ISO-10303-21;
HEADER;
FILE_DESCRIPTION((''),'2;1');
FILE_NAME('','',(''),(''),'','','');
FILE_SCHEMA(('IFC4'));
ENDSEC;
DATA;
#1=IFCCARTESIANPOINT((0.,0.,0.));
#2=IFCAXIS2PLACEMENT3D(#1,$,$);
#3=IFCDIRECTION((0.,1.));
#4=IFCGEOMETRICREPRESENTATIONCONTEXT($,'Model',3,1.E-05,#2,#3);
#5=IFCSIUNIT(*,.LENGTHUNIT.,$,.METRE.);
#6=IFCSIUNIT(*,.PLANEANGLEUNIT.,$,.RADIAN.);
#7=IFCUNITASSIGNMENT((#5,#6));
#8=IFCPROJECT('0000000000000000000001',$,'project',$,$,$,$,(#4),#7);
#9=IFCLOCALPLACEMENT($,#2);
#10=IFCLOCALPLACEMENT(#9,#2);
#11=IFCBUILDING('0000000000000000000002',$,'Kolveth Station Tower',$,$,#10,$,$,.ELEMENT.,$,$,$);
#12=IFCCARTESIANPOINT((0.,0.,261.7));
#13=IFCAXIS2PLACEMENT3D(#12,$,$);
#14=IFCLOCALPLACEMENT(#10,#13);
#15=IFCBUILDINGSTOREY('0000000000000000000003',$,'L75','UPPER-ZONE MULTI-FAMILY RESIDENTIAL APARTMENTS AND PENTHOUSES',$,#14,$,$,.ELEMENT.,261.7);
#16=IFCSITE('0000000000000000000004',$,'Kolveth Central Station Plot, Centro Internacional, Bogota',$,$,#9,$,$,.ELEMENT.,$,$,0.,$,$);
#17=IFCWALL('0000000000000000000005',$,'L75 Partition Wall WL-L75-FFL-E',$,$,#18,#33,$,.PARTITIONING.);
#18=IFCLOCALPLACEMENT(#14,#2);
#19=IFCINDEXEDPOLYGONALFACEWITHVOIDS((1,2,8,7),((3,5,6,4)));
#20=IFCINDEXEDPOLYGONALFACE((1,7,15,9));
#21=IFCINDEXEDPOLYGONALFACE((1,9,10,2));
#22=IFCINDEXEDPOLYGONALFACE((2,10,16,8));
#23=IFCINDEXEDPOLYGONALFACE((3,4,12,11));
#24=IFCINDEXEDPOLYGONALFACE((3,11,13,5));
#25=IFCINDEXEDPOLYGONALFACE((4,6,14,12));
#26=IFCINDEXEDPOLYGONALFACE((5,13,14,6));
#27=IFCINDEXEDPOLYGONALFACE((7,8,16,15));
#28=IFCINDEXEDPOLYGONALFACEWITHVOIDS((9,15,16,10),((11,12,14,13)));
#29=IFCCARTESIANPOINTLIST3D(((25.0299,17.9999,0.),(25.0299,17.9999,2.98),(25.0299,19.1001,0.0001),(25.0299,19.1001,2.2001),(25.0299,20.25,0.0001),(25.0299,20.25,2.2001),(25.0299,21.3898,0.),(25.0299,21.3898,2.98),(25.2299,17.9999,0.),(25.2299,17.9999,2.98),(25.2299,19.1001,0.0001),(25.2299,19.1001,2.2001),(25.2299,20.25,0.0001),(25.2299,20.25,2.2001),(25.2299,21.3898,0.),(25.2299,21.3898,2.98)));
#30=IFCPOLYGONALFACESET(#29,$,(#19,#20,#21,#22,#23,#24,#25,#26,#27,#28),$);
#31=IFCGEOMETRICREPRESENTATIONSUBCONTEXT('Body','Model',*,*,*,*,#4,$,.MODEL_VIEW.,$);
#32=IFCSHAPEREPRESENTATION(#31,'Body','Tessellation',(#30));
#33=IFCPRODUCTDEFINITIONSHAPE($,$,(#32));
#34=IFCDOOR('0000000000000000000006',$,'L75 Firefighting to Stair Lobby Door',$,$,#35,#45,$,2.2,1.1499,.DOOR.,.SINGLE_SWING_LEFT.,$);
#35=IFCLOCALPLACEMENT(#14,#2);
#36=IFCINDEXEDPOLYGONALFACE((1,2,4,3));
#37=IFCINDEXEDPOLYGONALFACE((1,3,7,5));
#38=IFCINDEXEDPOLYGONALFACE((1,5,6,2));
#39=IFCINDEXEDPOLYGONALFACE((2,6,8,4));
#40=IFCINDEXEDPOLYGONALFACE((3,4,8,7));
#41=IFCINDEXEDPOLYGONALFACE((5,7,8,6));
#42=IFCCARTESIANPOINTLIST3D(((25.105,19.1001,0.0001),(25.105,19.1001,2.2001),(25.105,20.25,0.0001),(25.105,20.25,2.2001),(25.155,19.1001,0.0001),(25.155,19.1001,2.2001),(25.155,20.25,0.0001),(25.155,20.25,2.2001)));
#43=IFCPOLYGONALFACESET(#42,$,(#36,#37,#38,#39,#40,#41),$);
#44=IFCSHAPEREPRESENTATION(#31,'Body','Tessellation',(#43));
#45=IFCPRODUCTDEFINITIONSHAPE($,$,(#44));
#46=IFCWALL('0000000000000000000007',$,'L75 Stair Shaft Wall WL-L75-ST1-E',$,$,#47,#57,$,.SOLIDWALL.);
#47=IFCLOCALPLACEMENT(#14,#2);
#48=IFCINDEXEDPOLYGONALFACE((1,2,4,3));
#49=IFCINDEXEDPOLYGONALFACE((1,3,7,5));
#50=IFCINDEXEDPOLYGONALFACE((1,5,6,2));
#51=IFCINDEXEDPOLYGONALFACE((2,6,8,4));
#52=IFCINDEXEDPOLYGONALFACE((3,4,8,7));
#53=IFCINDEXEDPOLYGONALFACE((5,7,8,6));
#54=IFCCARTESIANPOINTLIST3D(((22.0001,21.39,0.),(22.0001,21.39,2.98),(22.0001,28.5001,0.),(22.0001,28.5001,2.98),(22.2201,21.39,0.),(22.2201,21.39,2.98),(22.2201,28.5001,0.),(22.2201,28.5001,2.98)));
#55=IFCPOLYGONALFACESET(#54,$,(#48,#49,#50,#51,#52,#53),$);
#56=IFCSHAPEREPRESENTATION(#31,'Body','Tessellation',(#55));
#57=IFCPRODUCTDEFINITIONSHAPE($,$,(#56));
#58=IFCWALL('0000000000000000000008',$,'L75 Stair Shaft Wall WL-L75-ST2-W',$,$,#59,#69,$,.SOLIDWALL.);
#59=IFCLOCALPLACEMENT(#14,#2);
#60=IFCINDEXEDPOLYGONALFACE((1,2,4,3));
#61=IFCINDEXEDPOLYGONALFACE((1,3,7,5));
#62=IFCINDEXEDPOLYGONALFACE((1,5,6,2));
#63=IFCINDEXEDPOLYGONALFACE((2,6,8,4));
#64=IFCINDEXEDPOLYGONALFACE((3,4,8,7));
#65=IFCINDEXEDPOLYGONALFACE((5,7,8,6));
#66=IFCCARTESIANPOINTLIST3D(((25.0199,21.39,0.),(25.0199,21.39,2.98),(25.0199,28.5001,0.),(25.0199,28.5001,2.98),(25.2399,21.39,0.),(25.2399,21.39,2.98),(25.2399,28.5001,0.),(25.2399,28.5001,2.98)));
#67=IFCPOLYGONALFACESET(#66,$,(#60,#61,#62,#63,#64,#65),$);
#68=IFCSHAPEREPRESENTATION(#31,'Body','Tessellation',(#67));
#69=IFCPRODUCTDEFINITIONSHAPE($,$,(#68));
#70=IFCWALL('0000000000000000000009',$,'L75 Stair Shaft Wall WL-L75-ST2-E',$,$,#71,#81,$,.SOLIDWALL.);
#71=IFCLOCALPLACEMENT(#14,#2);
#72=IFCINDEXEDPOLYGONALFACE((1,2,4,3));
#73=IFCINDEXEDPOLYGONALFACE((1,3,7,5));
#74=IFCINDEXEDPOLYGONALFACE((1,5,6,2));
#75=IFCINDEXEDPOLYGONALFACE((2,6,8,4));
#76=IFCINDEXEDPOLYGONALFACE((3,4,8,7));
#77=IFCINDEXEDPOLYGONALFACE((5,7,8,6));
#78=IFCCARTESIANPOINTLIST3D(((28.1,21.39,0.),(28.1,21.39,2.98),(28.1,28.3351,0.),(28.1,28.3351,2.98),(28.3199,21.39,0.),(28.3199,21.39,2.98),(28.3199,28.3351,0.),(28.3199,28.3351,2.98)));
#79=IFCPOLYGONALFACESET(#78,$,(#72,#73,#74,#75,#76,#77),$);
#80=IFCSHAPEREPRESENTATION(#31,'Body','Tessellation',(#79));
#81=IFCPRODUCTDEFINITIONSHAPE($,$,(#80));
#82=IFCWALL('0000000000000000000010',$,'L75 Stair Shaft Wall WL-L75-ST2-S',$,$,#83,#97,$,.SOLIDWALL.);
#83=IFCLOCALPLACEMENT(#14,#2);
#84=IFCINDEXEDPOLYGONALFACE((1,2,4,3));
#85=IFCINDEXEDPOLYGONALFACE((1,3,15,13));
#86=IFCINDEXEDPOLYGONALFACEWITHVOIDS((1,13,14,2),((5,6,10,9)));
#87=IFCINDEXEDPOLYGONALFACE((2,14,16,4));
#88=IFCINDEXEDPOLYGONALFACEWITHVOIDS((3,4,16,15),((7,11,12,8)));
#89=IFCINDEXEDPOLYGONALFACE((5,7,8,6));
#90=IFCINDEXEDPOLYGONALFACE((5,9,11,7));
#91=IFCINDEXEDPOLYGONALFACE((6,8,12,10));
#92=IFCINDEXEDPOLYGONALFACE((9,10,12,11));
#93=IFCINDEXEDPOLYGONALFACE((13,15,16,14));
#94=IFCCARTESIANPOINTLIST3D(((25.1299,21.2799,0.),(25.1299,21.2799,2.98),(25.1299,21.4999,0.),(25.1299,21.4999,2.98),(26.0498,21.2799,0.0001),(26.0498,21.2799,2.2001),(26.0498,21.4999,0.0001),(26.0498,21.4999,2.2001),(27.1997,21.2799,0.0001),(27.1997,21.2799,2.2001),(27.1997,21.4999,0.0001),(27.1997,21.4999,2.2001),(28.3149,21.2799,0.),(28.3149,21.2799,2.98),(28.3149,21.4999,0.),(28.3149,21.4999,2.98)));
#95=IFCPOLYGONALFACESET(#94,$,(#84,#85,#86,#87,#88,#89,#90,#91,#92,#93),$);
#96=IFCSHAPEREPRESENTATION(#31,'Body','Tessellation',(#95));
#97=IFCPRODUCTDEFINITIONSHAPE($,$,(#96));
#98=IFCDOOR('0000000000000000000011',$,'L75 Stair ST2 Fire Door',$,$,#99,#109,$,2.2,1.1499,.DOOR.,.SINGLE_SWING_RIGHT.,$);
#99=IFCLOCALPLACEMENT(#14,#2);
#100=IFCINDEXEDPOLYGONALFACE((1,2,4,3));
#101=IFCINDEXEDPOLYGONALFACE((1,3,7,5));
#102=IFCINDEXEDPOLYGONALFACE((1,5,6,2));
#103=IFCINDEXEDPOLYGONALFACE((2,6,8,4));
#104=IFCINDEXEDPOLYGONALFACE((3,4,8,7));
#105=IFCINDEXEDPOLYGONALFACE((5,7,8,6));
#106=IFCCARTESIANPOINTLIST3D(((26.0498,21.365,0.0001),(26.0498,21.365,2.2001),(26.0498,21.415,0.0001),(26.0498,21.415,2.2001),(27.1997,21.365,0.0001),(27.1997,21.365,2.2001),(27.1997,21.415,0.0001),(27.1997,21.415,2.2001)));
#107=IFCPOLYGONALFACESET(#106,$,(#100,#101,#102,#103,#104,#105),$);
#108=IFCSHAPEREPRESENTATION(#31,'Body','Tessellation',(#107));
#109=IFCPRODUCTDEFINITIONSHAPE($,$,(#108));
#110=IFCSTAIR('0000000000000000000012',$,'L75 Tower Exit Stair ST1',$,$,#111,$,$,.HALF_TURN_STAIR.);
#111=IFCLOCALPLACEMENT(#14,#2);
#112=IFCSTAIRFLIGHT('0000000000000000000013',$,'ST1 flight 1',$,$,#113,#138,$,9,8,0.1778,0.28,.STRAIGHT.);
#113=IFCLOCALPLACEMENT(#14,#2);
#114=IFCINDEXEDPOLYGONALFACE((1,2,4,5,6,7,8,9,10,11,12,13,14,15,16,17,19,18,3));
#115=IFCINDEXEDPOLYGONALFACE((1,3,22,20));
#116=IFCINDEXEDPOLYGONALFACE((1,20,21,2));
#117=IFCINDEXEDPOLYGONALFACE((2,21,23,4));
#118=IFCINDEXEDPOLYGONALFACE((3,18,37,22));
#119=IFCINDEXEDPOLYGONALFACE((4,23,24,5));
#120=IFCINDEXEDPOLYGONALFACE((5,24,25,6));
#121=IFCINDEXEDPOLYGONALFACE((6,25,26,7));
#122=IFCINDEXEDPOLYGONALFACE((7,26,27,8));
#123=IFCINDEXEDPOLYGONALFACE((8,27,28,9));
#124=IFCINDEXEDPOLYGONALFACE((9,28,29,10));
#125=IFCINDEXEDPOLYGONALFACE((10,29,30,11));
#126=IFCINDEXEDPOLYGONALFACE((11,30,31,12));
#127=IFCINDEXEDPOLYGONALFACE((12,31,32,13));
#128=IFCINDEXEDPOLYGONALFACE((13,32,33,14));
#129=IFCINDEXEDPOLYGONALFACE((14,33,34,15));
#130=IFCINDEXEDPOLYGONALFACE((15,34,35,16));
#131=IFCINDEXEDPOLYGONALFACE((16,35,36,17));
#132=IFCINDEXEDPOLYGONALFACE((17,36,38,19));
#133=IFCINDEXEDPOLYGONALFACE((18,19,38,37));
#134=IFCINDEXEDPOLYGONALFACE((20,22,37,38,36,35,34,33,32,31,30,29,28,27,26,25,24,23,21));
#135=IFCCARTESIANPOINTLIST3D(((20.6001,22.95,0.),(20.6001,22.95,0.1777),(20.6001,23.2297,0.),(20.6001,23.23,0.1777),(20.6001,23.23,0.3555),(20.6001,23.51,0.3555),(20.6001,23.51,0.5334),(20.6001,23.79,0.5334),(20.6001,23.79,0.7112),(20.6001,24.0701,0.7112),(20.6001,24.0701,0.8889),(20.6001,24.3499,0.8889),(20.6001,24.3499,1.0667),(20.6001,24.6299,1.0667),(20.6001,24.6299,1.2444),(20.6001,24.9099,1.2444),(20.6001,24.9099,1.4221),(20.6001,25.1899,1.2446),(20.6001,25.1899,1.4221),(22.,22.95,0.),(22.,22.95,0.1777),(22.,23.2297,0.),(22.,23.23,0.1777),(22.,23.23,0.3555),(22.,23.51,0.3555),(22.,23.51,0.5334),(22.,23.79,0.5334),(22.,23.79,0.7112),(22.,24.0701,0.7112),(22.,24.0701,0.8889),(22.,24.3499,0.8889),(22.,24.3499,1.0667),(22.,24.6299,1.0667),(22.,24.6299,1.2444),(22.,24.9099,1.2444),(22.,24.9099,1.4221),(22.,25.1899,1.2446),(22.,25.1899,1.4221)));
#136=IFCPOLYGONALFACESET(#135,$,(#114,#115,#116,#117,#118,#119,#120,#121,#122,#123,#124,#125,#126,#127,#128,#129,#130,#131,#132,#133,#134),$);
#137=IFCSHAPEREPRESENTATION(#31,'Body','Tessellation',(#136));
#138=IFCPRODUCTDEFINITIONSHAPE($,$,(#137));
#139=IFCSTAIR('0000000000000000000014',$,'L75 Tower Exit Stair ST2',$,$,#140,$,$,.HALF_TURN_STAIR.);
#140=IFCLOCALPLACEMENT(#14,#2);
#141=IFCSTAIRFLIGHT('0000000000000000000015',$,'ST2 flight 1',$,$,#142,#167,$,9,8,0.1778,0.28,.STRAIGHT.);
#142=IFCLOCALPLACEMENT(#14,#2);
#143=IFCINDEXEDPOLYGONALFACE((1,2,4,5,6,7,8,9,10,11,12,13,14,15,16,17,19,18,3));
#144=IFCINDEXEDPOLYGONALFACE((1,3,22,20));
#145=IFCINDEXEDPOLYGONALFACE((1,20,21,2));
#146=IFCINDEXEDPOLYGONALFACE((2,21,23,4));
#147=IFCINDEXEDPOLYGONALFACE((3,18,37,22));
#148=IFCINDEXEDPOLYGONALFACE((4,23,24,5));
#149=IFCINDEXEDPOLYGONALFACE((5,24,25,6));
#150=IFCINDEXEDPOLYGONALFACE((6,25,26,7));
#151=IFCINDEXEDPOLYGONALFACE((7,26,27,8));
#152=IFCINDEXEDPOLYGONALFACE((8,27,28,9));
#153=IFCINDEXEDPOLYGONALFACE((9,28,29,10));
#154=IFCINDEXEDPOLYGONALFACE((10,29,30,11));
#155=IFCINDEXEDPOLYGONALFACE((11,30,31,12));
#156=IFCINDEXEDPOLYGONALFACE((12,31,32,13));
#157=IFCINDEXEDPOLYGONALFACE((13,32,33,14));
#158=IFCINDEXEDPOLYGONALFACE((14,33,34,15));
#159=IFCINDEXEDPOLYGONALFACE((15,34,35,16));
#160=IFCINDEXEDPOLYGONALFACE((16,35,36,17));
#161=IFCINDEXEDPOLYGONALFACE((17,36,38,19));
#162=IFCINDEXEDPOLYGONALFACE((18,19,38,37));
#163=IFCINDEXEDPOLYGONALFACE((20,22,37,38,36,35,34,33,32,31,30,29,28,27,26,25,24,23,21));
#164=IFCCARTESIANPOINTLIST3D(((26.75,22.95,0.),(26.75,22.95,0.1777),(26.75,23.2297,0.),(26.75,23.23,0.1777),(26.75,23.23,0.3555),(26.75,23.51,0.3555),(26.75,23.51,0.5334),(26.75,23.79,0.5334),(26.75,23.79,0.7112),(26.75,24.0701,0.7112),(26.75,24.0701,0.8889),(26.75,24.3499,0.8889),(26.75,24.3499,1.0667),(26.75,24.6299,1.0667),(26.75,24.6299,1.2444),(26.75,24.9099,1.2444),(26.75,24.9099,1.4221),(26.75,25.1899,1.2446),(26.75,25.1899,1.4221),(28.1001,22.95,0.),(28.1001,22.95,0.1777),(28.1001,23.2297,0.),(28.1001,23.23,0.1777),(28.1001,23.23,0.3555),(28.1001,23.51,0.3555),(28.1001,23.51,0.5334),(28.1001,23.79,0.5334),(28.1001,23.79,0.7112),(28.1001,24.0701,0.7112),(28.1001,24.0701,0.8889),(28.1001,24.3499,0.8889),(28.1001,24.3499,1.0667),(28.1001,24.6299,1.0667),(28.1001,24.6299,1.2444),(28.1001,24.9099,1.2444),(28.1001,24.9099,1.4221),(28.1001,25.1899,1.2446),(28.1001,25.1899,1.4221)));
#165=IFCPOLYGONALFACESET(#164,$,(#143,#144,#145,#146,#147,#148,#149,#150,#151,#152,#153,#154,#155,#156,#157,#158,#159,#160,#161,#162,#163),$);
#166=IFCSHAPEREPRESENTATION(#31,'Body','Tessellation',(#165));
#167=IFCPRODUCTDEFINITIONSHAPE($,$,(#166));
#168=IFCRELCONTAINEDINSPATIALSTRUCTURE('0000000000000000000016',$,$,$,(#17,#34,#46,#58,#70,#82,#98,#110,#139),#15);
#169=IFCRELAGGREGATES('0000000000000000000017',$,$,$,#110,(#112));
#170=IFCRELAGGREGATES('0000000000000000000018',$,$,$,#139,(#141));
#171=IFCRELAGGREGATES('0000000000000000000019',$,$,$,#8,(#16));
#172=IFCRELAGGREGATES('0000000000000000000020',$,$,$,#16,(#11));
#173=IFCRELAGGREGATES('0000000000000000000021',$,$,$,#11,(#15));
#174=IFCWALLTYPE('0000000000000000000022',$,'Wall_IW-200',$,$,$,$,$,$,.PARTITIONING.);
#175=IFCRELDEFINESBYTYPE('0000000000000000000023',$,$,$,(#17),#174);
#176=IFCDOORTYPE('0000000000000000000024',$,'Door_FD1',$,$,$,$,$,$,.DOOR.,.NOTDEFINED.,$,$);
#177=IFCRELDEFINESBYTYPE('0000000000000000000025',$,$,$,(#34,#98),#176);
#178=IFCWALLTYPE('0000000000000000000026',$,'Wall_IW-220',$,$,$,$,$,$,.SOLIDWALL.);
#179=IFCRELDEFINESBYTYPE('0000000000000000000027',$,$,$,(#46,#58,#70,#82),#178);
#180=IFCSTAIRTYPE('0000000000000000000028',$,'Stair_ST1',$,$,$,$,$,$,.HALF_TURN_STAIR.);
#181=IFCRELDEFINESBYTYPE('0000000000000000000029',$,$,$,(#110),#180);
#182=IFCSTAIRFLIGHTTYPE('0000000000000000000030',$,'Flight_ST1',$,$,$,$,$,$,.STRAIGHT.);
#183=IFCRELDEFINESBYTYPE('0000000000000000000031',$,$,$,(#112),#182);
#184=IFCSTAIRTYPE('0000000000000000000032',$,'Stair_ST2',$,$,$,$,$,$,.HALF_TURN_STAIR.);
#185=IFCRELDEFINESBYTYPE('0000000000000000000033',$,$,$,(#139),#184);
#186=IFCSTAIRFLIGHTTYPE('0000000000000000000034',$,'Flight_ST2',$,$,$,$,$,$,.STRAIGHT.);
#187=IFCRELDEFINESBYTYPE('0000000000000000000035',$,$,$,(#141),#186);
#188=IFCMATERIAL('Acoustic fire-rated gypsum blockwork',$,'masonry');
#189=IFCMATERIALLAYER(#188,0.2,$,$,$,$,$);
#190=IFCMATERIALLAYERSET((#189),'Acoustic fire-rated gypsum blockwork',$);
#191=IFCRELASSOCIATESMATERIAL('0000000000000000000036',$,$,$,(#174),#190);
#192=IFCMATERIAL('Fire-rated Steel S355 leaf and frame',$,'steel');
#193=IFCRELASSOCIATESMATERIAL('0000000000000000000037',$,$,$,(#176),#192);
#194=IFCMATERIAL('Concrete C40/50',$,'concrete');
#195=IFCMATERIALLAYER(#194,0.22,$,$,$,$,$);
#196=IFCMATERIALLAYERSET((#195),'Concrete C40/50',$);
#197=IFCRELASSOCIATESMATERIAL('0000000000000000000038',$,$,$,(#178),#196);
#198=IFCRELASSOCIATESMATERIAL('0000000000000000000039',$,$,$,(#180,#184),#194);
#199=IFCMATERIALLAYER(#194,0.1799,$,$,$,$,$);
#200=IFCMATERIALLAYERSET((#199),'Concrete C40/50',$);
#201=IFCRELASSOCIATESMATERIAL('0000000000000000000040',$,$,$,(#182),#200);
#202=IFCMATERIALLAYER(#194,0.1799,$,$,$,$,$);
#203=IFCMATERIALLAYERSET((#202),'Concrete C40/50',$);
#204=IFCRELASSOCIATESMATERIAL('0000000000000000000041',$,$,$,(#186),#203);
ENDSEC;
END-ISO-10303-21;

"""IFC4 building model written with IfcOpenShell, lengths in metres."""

from ifc_helpers import new_model, si_unit, direction, frame, frame_2d, origin, place, context, subcontext, project, spatial, polyline, rectangle, outline, extrude, material, layer, layer_set, type_object, element, fill, aggregate, save


model = new_model("IFC4")

# Units and contexts
model_context = context("Model", 3, precision=1e-05, world=origin(), true_north=direction((0.0, 1.0)))
body_context = subcontext(model_context, "Body", "Model", "MODEL_VIEW")
ifc_project = project(units=[si_unit("LENGTHUNIT", "METRE"), si_unit("PLANEANGLEUNIT", "RADIAN")], contexts=[model_context])

# Site, building, storey
site_placement = place(None, origin())
site = spatial("IfcSite", under=ifc_project, at=site_placement, Name="Kolveth Central Station Plot, Centro Internacional, Bogota", CompositionType="ELEMENT", RefElevation=0.0)
building_placement = place(site_placement, origin())
building = spatial("IfcBuilding", under=site, at=building_placement, Name="Kolveth Station Tower", CompositionType="ELEMENT")
storey_placement = place(building_placement, frame((0.0, 0.0, 261.7)))
storey = spatial("IfcBuildingStorey", under=building, at=storey_placement, Name="L75", Description="UPPER-ZONE MULTI-FAMILY RESIDENTIAL APARTMENTS AND PENTHOUSES", CompositionType="ELEMENT", Elevation=261.7)

# Wall, opening, door
ifc_material_1 = material(Name="Acoustic fire-rated gypsum blockwork", Category="masonry")
ifc_layer_1 = layer(ifc_material_1, 0.2)
ifc_layer_set_1 = layer_set([ifc_layer_1], Name="Acoustic fire-rated gypsum blockwork")
wall_type_1 = type_object("IfcWallType", Name="Wall_IW-200", PredefinedType="PARTITIONING", material=ifc_layer_set_1)
wall_1_placement = place(storey_placement, frame((25.1299, 18.0, 0.0), z_axis=(0.0, 0.0, 1.0), x_axis=(0.0, 1.0, 0.0)))
wall_1 = element("IfcWall", 1, at=wall_1_placement, inside=storey, type_object=wall_type_1, Name="L75 Partition Wall WL-L75-FFL-E", PredefinedType="PARTITIONING", context=body_context, shape_type="SweptSolid", body=[
    extrude(rectangle(XDim=3.3899, YDim=0.2, at=frame_2d((1.6948, 0.0))), origin(), (0.0, 0.0, 1.0), 2.98),
])
opening_1_placement = place(wall_1_placement, frame((1.1001, 0.0, 0.0)))
opening_1 = element("IfcOpeningElement", 2, at=opening_1_placement, cuts=wall_1, PredefinedType="OPENING", context=body_context, shape_type="SweptSolid", body=[
    extrude(rectangle(XDim=1.1499, YDim=2.2, at=frame_2d((0.575, 1.1001))), frame((0.0, 0.1099, 0.0), z_axis=(0.0, -1.0, 0.0), x_axis=(1.0, 0.0, 0.0)), (0.0, 0.0, 1.0), 0.22),
])
ifc_material_2 = material(Name="Fire-rated Steel S355 leaf and frame", Category="steel")
door_type = type_object("IfcDoorType", Name="Door_FD1", OperationType="NOTDEFINED", PredefinedType="DOOR", material=ifc_material_2)
door_1_placement = place(opening_1_placement, origin())
door_1 = element("IfcDoor", 3, at=door_1_placement, inside=storey, type_object=door_type, Name="L75 Firefighting to Stair Lobby Door", OperationType="SINGLE_SWING_LEFT", OverallHeight=2.2, OverallWidth=1.1499, PredefinedType="DOOR", context=body_context, shape_type="SweptSolid", body=[
    extrude(rectangle(XDim=1.1499, YDim=2.2, at=frame_2d((0.575, 1.1001))), frame((0.0, 0.0249, 0.0), z_axis=(0.0, -1.0, 0.0), x_axis=(1.0, 0.0, 0.0)), (0.0, 0.0, 1.0), 0.05),
])
fill(opening_1, door_1)

# Walls
ifc_material_3 = material(Name="Concrete C40/50", Category="concrete")
ifc_layer_2 = layer(ifc_material_3, 0.22)
ifc_layer_set_2 = layer_set([ifc_layer_2], Name="Concrete C40/50")
wall_type_2 = type_object("IfcWallType", Name="Wall_IW-220", PredefinedType="SOLIDWALL", material=ifc_layer_set_2)
for number, where, z_axis, x_axis, name in (
    (4, (22.1101, 21.3899, 0.0), (0.0, 0.0, 1.0), (0.0, 1.0, 0.0), "L75 Stair Shaft Wall WL-L75-ST1-E"),
    (5, (25.1299, 21.3899, 0.0), (0.0, 0.0, 1.0), (0.0, 1.0, 0.0), "L75 Stair Shaft Wall WL-L75-ST2-W"),
):
    element("IfcWall", number, at=place(storey_placement, frame(where, z_axis=z_axis, x_axis=x_axis)), inside=storey, type_object=wall_type_2, Name=name, PredefinedType="SOLIDWALL", context=body_context, shape_type="SweptSolid", body=[
        extrude(rectangle(XDim=7.1101, YDim=0.22, at=frame_2d((3.5552, 0.0))), origin(), (0.0, 0.0, 1.0), 2.98),
    ])
wall_2_placement = place(storey_placement, frame((28.21, 21.3899, 0.0), z_axis=(0.0, 0.0, 1.0), x_axis=(0.0, 1.0, 0.0)))
element("IfcWall", 6, at=wall_2_placement, inside=storey, type_object=wall_type_2, Name="L75 Stair Shaft Wall WL-L75-ST2-E", PredefinedType="SOLIDWALL", context=body_context, shape_type="SweptSolid", body=[
    extrude(rectangle(XDim=6.9451, YDim=0.22, at=frame_2d((3.4727, 0.0))), origin(), (0.0, 0.0, 1.0), 2.98),
])

# Wall, opening, door
wall_3_placement = place(storey_placement, frame((25.1299, 21.3899, 0.0), z_axis=(0.0, 0.0, 1.0), x_axis=(1.0, 0.0, 0.0)))
wall_3 = element("IfcWall", 7, at=wall_3_placement, inside=storey, type_object=wall_type_2, Name="L75 Stair Shaft Wall WL-L75-ST2-S", PredefinedType="SOLIDWALL", context=body_context, shape_type="SweptSolid", body=[
    extrude(rectangle(XDim=3.1851, YDim=0.22, at=frame_2d((1.5925, 0.0))), origin(), (0.0, 0.0, 1.0), 2.98),
])
opening_2_placement = place(wall_3_placement, frame((0.9199, 0.0, 0.0)))
opening_2 = element("IfcOpeningElement", 8, at=opening_2_placement, cuts=wall_3, PredefinedType="OPENING", context=body_context, shape_type="SweptSolid", body=[
    extrude(rectangle(XDim=1.1499, YDim=2.2, at=frame_2d((0.575, 1.1001))), frame((0.0, 0.1199, 0.0), z_axis=(0.0, -1.0, 0.0), x_axis=(1.0, 0.0, 0.0)), (0.0, 0.0, 1.0), 0.24),
])
door_2_placement = place(opening_2_placement, frame((1.1499, 0.0, 0.0), z_axis=(0.0, 0.0, 1.0), x_axis=(-1.0, 0.0, 0.0)))
door_2 = element("IfcDoor", 9, at=door_2_placement, inside=storey, type_object=door_type, Name="L75 Stair ST2 Fire Door", OperationType="SINGLE_SWING_RIGHT", OverallHeight=2.2, OverallWidth=1.1499, PredefinedType="DOOR", context=body_context, shape_type="SweptSolid", body=[
    extrude(rectangle(XDim=1.1499, YDim=2.2, at=frame_2d((0.575, 1.1001))), frame((0.0, 0.0249, 0.0), z_axis=(0.0, -1.0, 0.0), x_axis=(1.0, 0.0, 0.0)), (0.0, 0.0, 1.0), 0.05),
])
fill(opening_2, door_2)

# Stairs, stair flights
stair_type_1 = type_object("IfcStairType", Name="Stair_ST1", PredefinedType="HALF_TURN_STAIR", material=ifc_material_3)
stair_1_placement = place(storey_placement, origin())
stair_1 = element("IfcStair", 10, at=stair_1_placement, inside=storey, type_object=stair_type_1, Name="L75 Tower Exit Stair ST1", PredefinedType="HALF_TURN_STAIR")
ifc_layer_3 = layer(ifc_material_3, 0.1799)
ifc_layer_set_3 = layer_set([ifc_layer_3], Name="Concrete C40/50")
stair_flight_type_1 = type_object("IfcStairFlightType", Name="Flight_ST1", PredefinedType="STRAIGHT", material=ifc_layer_set_3)
stair_flight_1_placement = place(storey_placement, frame((21.3, 22.95, 0.0), z_axis=(0.0, 0.0, 1.0), x_axis=(0.0, 1.0, 0.0)))
stair_flight_1 = element("IfcStairFlight", 11, at=stair_flight_1_placement, type_object=stair_flight_type_1, Name="ST1 flight 1", NumberOfRisers=9, NumberOfTreads=8, PredefinedType="STRAIGHT", RiserHeight=0.1778, TreadLength=0.28, context=body_context, shape_type="SweptSolid", body=[
    extrude(outline(polyline([(0.0, 0.0), (0.0, 0.1777), (0.28, 0.1777), (0.28, 0.3555), (0.5601, 0.3555), (0.5601, 0.5334), (0.8401, 0.5334), (0.8401, 0.7112), (1.1201, 0.7112), (1.1201, 0.8889), (1.3999, 0.8889), (1.3999, 1.0667), (1.6799, 1.0667), (1.6799, 1.2444), (1.96, 1.2444), (1.96, 1.4221), (2.24, 1.4221), (2.24, 1.6001), (2.24, 1.2446), (0.2798, 0.0), (0.0, 0.0)])), frame((0.0, 0.7, 0.0), z_axis=(0.0, -1.0, 0.0), x_axis=(1.0, 0.0, 0.0)), (0.0, 0.0, 1.0), 1.3999),
])
aggregate(stair_1, [stair_flight_1])
stair_type_2 = type_object("IfcStairType", Name="Stair_ST2", PredefinedType="HALF_TURN_STAIR", material=ifc_material_3)
stair_2_placement = place(storey_placement, origin())
stair_2 = element("IfcStair", 12, at=stair_2_placement, inside=storey, type_object=stair_type_2, Name="L75 Tower Exit Stair ST2", PredefinedType="HALF_TURN_STAIR")
ifc_layer_4 = layer(ifc_material_3, 0.1799)
ifc_layer_set_4 = layer_set([ifc_layer_4], Name="Concrete C40/50")
stair_flight_type_2 = type_object("IfcStairFlightType", Name="Flight_ST2", PredefinedType="STRAIGHT", material=ifc_layer_set_4)
stair_flight_2_placement = place(storey_placement, frame((27.425, 22.95, 0.0), z_axis=(0.0, 0.0, 1.0), x_axis=(0.0, 1.0, 0.0)))
stair_flight_2 = element("IfcStairFlight", 13, at=stair_flight_2_placement, type_object=stair_flight_type_2, Name="ST2 flight 1", NumberOfRisers=9, NumberOfTreads=8, PredefinedType="STRAIGHT", RiserHeight=0.1778, TreadLength=0.28, context=body_context, shape_type="SweptSolid", body=[
    extrude(outline(polyline([(0.0, 0.0), (0.0, 0.1777), (0.28, 0.1777), (0.28, 0.3555), (0.5601, 0.3555), (0.5601, 0.5334), (0.8401, 0.5334), (0.8401, 0.7112), (1.1201, 0.7112), (1.1201, 0.8889), (1.3999, 0.8889), (1.3999, 1.0667), (1.6799, 1.0667), (1.6799, 1.2444), (1.96, 1.2444), (1.96, 1.4221), (2.24, 1.4221), (2.24, 1.6001), (2.24, 1.2446), (0.2798, 0.0), (0.0, 0.0)])), frame((0.0, 0.675, 0.0), z_axis=(0.0, -1.0, 0.0), x_axis=(1.0, 0.0, 0.0)), (0.0, 0.0, 1.0), 1.3501),
])
aggregate(stair_2, [stair_flight_2])

save(model, "model.ifc")
